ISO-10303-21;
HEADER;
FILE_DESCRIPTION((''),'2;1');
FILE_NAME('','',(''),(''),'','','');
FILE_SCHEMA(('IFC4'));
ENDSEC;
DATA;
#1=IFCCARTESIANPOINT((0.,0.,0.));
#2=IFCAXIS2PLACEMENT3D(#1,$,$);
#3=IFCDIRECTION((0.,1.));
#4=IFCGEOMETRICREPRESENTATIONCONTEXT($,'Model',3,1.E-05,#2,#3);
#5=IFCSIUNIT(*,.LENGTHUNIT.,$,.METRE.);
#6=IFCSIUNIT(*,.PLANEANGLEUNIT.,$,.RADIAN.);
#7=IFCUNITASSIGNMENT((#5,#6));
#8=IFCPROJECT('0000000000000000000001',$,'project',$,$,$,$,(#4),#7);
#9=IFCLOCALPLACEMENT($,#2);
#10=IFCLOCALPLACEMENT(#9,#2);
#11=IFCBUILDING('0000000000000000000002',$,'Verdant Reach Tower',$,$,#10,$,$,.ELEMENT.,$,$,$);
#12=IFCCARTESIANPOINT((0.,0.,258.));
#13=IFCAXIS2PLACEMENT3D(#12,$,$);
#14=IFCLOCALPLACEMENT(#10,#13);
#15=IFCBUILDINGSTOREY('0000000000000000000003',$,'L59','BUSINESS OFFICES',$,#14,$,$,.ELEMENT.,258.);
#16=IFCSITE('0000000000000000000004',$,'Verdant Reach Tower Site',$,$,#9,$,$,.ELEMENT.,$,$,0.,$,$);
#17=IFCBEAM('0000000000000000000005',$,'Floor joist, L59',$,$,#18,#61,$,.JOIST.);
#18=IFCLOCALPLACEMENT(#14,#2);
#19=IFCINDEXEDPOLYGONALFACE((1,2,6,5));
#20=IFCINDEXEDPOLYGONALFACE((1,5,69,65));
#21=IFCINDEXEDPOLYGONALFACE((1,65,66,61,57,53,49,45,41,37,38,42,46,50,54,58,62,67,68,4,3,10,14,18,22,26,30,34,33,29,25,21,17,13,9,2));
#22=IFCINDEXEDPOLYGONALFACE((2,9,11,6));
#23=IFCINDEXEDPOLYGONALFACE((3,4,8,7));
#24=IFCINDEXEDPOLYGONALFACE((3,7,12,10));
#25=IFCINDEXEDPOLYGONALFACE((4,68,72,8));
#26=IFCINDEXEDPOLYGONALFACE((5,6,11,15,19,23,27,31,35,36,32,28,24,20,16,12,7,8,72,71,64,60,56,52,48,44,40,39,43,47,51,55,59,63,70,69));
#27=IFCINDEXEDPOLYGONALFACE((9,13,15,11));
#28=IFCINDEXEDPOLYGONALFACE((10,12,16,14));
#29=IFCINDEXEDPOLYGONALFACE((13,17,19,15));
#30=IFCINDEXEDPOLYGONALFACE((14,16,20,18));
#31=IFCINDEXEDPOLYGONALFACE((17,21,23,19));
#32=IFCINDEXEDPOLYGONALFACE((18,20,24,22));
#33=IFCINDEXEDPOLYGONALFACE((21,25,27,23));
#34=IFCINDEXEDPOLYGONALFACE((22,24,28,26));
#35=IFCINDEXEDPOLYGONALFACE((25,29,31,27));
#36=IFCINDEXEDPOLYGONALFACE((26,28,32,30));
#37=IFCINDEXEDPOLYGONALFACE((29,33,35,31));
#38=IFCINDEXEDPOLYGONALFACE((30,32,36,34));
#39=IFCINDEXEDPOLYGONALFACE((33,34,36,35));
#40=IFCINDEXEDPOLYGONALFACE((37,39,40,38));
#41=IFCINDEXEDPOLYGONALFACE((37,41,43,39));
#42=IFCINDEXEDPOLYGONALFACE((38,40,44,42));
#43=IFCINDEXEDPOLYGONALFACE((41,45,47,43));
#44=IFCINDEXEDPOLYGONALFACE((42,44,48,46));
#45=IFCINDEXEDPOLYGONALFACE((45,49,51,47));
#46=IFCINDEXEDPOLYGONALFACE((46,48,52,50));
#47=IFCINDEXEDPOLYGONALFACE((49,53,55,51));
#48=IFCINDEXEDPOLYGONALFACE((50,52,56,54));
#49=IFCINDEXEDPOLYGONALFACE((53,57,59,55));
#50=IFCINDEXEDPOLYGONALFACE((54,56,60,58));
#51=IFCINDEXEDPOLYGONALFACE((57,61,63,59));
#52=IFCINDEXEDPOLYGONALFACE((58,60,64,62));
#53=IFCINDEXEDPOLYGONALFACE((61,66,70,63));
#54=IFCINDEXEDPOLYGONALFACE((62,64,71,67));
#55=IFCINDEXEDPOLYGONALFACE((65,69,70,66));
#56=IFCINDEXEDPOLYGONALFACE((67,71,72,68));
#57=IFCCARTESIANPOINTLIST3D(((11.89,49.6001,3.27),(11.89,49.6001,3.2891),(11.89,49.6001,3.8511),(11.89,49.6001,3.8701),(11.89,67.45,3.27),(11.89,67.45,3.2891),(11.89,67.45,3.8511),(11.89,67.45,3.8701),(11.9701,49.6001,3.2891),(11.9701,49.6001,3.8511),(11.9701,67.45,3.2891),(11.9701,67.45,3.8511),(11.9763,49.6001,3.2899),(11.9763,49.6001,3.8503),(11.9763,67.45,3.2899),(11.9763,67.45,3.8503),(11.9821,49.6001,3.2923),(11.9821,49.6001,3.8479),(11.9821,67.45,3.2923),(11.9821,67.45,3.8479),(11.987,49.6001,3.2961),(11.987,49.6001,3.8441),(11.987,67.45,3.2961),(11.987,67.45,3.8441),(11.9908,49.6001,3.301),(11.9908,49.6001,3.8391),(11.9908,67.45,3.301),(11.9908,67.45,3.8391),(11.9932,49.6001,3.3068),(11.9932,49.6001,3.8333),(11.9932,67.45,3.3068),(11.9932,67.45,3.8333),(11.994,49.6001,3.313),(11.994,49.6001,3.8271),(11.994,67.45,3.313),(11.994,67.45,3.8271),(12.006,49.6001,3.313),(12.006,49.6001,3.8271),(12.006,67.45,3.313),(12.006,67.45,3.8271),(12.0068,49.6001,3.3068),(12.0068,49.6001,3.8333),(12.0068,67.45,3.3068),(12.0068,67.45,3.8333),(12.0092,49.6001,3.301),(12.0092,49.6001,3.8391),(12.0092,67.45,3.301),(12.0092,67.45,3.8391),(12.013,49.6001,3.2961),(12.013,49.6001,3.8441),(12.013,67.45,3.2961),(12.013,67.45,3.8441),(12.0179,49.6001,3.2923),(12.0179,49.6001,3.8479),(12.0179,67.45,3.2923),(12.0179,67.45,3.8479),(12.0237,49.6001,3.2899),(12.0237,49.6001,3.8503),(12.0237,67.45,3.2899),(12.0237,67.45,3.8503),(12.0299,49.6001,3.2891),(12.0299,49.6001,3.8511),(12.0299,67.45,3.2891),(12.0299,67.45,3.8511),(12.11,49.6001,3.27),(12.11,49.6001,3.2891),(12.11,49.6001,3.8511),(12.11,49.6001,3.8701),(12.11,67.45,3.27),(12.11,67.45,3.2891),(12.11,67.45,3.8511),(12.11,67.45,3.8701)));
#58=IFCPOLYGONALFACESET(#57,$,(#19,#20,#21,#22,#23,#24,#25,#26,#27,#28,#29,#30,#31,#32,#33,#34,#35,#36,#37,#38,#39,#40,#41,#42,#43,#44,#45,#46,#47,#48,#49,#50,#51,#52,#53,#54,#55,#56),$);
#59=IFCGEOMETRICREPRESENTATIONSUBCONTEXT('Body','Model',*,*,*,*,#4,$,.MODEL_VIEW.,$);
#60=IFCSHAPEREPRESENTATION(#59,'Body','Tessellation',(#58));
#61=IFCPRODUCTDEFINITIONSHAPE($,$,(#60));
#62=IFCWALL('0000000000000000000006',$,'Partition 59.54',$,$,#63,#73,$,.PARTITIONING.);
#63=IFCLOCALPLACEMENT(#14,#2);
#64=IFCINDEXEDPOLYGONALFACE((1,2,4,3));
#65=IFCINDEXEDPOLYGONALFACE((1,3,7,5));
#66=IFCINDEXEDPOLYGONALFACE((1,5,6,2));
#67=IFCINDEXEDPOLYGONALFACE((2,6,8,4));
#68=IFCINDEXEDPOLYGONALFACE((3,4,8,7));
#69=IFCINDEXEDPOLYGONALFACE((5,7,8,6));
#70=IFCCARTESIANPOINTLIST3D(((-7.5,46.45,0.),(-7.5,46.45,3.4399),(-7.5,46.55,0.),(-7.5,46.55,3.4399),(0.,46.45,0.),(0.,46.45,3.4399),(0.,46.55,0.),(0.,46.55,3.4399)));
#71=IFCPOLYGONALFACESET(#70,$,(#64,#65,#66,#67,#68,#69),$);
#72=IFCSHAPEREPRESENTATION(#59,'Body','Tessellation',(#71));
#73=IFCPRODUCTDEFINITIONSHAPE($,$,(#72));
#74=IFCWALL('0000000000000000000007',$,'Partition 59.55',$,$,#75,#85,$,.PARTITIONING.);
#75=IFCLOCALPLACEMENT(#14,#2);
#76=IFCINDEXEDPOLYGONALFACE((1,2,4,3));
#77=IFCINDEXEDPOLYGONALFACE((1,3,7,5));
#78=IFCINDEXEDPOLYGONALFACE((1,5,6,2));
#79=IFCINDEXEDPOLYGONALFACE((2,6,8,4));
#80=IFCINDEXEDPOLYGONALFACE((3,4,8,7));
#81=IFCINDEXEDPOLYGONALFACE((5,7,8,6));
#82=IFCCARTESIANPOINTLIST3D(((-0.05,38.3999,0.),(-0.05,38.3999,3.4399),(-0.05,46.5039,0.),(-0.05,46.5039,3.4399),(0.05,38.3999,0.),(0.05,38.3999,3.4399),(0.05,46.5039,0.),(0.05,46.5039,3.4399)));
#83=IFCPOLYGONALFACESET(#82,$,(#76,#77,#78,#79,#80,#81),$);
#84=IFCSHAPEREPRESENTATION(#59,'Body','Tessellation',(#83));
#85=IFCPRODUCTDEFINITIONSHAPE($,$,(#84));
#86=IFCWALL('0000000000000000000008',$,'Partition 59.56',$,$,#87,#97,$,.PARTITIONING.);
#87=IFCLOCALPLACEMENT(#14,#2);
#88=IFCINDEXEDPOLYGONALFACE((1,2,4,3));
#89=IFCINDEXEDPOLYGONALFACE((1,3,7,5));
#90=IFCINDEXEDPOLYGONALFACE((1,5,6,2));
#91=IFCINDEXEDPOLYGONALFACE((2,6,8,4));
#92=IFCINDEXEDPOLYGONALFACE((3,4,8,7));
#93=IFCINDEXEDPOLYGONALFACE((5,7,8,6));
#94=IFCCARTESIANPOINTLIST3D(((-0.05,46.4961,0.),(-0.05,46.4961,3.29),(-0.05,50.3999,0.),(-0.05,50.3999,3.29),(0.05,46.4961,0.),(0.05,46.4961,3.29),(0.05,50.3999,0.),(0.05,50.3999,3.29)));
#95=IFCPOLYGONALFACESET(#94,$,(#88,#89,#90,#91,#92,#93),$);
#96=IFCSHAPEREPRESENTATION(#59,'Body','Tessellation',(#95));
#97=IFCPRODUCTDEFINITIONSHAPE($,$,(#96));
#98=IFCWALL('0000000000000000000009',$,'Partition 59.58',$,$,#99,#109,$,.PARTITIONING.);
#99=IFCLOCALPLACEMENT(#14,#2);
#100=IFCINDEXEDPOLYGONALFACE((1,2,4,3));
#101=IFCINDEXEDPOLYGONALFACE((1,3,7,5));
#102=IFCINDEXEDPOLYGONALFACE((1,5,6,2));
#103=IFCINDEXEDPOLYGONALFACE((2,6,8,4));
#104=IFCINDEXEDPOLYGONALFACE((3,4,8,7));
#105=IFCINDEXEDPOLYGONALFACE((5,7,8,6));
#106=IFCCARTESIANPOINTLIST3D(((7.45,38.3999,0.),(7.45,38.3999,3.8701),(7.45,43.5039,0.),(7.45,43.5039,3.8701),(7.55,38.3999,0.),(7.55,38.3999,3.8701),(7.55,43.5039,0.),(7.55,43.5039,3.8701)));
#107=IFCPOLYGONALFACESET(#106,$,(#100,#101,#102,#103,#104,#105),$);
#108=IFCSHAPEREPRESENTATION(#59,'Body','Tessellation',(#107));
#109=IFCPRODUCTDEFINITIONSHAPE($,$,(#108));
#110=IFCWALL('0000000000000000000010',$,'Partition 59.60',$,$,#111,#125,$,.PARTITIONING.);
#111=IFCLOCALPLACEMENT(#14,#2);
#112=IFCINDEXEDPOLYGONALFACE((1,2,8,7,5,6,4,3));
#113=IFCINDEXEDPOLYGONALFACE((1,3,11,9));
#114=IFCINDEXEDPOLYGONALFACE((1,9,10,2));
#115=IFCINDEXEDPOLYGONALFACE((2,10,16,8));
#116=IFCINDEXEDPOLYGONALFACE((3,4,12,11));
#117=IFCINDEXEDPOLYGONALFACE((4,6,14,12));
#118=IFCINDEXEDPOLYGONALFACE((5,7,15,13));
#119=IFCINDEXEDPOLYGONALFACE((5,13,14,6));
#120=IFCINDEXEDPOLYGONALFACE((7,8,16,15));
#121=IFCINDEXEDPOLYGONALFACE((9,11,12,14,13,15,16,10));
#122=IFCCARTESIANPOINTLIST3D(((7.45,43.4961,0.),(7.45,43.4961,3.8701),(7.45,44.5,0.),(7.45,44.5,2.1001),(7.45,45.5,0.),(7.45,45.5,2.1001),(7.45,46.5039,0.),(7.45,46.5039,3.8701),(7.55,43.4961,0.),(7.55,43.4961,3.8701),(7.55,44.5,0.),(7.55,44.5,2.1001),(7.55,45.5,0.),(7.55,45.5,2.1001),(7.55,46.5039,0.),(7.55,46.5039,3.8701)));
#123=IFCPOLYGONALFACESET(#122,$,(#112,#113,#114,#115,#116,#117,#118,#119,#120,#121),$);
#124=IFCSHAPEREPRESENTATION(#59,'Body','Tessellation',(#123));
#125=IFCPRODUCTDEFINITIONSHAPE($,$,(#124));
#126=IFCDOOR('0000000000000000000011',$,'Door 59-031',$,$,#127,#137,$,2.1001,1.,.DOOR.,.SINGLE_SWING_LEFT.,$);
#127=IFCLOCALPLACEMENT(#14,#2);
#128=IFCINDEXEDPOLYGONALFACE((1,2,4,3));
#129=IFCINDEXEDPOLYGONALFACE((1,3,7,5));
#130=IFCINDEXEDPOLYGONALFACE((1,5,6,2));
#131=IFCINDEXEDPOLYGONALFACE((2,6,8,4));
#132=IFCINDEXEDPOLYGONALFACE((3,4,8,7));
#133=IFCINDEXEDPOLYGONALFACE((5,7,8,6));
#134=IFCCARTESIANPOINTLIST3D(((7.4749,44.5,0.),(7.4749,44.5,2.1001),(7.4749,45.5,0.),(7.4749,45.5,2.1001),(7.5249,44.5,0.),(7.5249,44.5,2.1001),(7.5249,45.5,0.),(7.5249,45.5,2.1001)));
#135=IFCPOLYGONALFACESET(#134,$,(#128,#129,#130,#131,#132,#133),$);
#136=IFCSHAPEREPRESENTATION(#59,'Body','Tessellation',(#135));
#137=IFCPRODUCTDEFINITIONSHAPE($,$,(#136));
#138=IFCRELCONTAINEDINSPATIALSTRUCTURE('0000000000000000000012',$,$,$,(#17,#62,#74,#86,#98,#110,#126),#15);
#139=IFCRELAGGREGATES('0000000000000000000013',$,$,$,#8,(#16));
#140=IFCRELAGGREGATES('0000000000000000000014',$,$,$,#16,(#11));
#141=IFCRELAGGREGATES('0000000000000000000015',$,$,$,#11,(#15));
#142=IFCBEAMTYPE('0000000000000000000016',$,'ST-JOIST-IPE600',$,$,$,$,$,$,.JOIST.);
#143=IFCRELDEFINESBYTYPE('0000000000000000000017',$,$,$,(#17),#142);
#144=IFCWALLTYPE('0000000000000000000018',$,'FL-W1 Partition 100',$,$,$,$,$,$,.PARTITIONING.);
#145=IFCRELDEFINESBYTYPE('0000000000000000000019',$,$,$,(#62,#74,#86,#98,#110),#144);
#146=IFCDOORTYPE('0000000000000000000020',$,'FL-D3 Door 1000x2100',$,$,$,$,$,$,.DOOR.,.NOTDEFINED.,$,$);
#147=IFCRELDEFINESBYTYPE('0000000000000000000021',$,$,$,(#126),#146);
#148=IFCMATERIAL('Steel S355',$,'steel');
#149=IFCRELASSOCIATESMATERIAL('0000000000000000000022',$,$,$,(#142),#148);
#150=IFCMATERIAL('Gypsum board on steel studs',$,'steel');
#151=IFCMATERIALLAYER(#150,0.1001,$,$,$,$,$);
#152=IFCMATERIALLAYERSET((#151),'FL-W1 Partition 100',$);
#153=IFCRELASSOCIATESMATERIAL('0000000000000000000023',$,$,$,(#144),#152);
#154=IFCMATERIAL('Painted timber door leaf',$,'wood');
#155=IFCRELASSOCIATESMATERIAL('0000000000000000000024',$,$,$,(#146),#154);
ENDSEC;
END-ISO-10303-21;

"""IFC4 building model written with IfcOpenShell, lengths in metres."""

from ifc_helpers import new_model, si_unit, direction, frame, frame_2d, origin, origin_2d, place, context, subcontext, project, spatial, rectangle, i_section, extrude, material, layer, layer_set, material_profile, profile_set, type_object, element, fill, save


model = new_model("IFC4")

# Units and contexts
model_context = context("Model", 3, precision=1e-05, world=origin(), true_north=direction((0.0, 1.0)))
body_context = subcontext(model_context, "Body", "Model", "MODEL_VIEW")
ifc_project = project(units=[si_unit("LENGTHUNIT", "METRE"), si_unit("PLANEANGLEUNIT", "RADIAN")], contexts=[model_context])

# Site, building, storey
site_placement = place(None, origin())
site = spatial("IfcSite", under=ifc_project, at=site_placement, Name="Verdant Reach Tower Site", CompositionType="ELEMENT", RefElevation=0.0)
building_placement = place(site_placement, origin())
building = spatial("IfcBuilding", under=site, at=building_placement, Name="Verdant Reach Tower", CompositionType="ELEMENT")
storey_placement = place(building_placement, frame((0.0, 0.0, 258.0)))
storey = spatial("IfcBuildingStorey", under=building, at=storey_placement, Name="L59", Description="BUSINESS OFFICES", CompositionType="ELEMENT", Elevation=258.0)

# Beam
ifc_material_1 = material(Name="Steel S355", Category="steel")
ifc_material_profile_1 = material_profile(ifc_material_1, i_section(OverallWidth=0.22, OverallDepth=0.6001, WebThickness=0.012, FlangeThickness=0.019, FilletRadius=0.0239, at=origin_2d()), Name="IPE 600")
ifc_profile_set_1 = profile_set([ifc_material_profile_1], Name="Steel S355")
beam_type_1 = type_object("IfcBeamType", Name="ST-JOIST-IPE600", PredefinedType="JOIST", material=ifc_profile_set_1)
beam_1_placement = place(storey_placement, frame((12.0, 49.6001, 3.5701), z_axis=(0.0, 1.0, 0.0), x_axis=(-1.0, 0.0, 0.0)))
element("IfcBeam", 1, at=beam_1_placement, inside=storey, type_object=beam_type_1, Name="Floor joist, L59", PredefinedType="JOIST", context=body_context, shape_type="SweptSolid", body=[
    extrude(i_section(OverallWidth=0.22, OverallDepth=0.6001, WebThickness=0.012, FlangeThickness=0.019, FilletRadius=0.0239, at=origin_2d()), origin(), (0.0, 0.0, 1.0), 17.8499),
])

# Walls
ifc_material_2 = material(Name="Gypsum board on steel studs", Category="steel")
ifc_layer = layer(ifc_material_2, 0.1001)
ifc_layer_set = layer_set([ifc_layer], Name="FL-W1 Partition 100")
wall_type = type_object("IfcWallType", Name="FL-W1 Partition 100", PredefinedType="PARTITIONING", material=ifc_layer_set)
wall_1_placement = place(storey_placement, frame((0.0, 46.5, 0.0), z_axis=(0.0, 0.0, 1.0), x_axis=(-1.0, 0.0, 0.0)))
element("IfcWall", 2, at=wall_1_placement, inside=storey, type_object=wall_type, Name="Partition 59.54", PredefinedType="PARTITIONING", context=body_context, shape_type="SweptSolid", body=[
    extrude(rectangle(XDim=7.5, YDim=0.1001, at=frame_2d((3.75, 0.0))), origin(), (0.0, 0.0, 1.0), 3.4399),
])
wall_2_placement = place(storey_placement, frame((0.0, 38.3999, 0.0), z_axis=(0.0, 0.0, 1.0), x_axis=(0.0, 1.0, 0.0)))
element("IfcWall", 3, at=wall_2_placement, inside=storey, type_object=wall_type, Name="Partition 59.55", PredefinedType="PARTITIONING", context=body_context, shape_type="SweptSolid", body=[
    extrude(rectangle(XDim=8.104, YDim=0.1001, at=frame_2d((4.052, 0.0))), origin(), (0.0, 0.0, 1.0), 3.4399),
])
wall_3_placement = place(storey_placement, frame((0.0, 46.4961, 0.0), z_axis=(0.0, 0.0, 1.0), x_axis=(0.0, 1.0, 0.0)))
element("IfcWall", 4, at=wall_3_placement, inside=storey, type_object=wall_type, Name="Partition 59.56", PredefinedType="PARTITIONING", context=body_context, shape_type="SweptSolid", body=[
    extrude(rectangle(XDim=3.9038, YDim=0.1001, at=frame_2d((1.9519, 0.0))), origin(), (0.0, 0.0, 1.0), 3.29),
])
wall_4_placement = place(storey_placement, frame((7.5, 43.5039, 0.0), z_axis=(0.0, 0.0, 1.0), x_axis=(0.0, -1.0, 0.0)))
element("IfcWall", 5, at=wall_4_placement, inside=storey, type_object=wall_type, Name="Partition 59.58", PredefinedType="PARTITIONING", context=body_context, shape_type="SweptSolid", body=[
    extrude(rectangle(XDim=5.104, YDim=0.1001, at=frame_2d((2.552, 0.0))), origin(), (0.0, 0.0, 1.0), 3.8701),
])

# Wall, opening, door
wall_5_placement = place(storey_placement, frame((7.5, 46.5039, 0.0), z_axis=(0.0, 0.0, 1.0), x_axis=(0.0, -1.0, 0.0)))
wall_5 = element("IfcWall", 6, at=wall_5_placement, inside=storey, type_object=wall_type, Name="Partition 59.60", PredefinedType="PARTITIONING", context=body_context, shape_type="SweptSolid", body=[
    extrude(rectangle(XDim=3.0078, YDim=0.1001, at=frame_2d((1.5039, 0.0))), origin(), (0.0, 0.0, 1.0), 3.8701),
])
opening_placement = place(wall_5_placement, frame((1.0039, 0.0, 0.0)))
opening = element("IfcOpeningElement", 7, at=opening_placement, cuts=wall_5, PredefinedType="OPENING", context=body_context, shape_type="SweptSolid", body=[
    extrude(rectangle(XDim=1.0, YDim=2.1001, at=frame_2d((0.5, 1.05))), frame((0.0, 0.0601, 0.0), z_axis=(0.0, -1.0, 0.0), x_axis=(1.0, 0.0, 0.0)), (0.0, 0.0, 1.0), 0.1201),
])
ifc_material_3 = material(Name="Painted timber door leaf", Category="wood")
door_type = type_object("IfcDoorType", Name="FL-D3 Door 1000x2100", OperationType="NOTDEFINED", PredefinedType="DOOR", material=ifc_material_3)
door_placement = place(opening_placement, origin())
door = element("IfcDoor", 8, at=door_placement, inside=storey, type_object=door_type, Name="Door 59-031", OperationType="SINGLE_SWING_LEFT", OverallHeight=2.1001, OverallWidth=1.0, PredefinedType="DOOR", context=body_context, shape_type="SweptSolid", body=[
    extrude(rectangle(XDim=1.0, YDim=2.1001, at=frame_2d((0.5, 1.05))), frame((0.0, 0.0249, 0.0), z_axis=(0.0, -1.0, 0.0), x_axis=(1.0, 0.0, 0.0)), (0.0, 0.0, 1.0), 0.05),
])
fill(opening, door)

save(model, "model.ifc")
